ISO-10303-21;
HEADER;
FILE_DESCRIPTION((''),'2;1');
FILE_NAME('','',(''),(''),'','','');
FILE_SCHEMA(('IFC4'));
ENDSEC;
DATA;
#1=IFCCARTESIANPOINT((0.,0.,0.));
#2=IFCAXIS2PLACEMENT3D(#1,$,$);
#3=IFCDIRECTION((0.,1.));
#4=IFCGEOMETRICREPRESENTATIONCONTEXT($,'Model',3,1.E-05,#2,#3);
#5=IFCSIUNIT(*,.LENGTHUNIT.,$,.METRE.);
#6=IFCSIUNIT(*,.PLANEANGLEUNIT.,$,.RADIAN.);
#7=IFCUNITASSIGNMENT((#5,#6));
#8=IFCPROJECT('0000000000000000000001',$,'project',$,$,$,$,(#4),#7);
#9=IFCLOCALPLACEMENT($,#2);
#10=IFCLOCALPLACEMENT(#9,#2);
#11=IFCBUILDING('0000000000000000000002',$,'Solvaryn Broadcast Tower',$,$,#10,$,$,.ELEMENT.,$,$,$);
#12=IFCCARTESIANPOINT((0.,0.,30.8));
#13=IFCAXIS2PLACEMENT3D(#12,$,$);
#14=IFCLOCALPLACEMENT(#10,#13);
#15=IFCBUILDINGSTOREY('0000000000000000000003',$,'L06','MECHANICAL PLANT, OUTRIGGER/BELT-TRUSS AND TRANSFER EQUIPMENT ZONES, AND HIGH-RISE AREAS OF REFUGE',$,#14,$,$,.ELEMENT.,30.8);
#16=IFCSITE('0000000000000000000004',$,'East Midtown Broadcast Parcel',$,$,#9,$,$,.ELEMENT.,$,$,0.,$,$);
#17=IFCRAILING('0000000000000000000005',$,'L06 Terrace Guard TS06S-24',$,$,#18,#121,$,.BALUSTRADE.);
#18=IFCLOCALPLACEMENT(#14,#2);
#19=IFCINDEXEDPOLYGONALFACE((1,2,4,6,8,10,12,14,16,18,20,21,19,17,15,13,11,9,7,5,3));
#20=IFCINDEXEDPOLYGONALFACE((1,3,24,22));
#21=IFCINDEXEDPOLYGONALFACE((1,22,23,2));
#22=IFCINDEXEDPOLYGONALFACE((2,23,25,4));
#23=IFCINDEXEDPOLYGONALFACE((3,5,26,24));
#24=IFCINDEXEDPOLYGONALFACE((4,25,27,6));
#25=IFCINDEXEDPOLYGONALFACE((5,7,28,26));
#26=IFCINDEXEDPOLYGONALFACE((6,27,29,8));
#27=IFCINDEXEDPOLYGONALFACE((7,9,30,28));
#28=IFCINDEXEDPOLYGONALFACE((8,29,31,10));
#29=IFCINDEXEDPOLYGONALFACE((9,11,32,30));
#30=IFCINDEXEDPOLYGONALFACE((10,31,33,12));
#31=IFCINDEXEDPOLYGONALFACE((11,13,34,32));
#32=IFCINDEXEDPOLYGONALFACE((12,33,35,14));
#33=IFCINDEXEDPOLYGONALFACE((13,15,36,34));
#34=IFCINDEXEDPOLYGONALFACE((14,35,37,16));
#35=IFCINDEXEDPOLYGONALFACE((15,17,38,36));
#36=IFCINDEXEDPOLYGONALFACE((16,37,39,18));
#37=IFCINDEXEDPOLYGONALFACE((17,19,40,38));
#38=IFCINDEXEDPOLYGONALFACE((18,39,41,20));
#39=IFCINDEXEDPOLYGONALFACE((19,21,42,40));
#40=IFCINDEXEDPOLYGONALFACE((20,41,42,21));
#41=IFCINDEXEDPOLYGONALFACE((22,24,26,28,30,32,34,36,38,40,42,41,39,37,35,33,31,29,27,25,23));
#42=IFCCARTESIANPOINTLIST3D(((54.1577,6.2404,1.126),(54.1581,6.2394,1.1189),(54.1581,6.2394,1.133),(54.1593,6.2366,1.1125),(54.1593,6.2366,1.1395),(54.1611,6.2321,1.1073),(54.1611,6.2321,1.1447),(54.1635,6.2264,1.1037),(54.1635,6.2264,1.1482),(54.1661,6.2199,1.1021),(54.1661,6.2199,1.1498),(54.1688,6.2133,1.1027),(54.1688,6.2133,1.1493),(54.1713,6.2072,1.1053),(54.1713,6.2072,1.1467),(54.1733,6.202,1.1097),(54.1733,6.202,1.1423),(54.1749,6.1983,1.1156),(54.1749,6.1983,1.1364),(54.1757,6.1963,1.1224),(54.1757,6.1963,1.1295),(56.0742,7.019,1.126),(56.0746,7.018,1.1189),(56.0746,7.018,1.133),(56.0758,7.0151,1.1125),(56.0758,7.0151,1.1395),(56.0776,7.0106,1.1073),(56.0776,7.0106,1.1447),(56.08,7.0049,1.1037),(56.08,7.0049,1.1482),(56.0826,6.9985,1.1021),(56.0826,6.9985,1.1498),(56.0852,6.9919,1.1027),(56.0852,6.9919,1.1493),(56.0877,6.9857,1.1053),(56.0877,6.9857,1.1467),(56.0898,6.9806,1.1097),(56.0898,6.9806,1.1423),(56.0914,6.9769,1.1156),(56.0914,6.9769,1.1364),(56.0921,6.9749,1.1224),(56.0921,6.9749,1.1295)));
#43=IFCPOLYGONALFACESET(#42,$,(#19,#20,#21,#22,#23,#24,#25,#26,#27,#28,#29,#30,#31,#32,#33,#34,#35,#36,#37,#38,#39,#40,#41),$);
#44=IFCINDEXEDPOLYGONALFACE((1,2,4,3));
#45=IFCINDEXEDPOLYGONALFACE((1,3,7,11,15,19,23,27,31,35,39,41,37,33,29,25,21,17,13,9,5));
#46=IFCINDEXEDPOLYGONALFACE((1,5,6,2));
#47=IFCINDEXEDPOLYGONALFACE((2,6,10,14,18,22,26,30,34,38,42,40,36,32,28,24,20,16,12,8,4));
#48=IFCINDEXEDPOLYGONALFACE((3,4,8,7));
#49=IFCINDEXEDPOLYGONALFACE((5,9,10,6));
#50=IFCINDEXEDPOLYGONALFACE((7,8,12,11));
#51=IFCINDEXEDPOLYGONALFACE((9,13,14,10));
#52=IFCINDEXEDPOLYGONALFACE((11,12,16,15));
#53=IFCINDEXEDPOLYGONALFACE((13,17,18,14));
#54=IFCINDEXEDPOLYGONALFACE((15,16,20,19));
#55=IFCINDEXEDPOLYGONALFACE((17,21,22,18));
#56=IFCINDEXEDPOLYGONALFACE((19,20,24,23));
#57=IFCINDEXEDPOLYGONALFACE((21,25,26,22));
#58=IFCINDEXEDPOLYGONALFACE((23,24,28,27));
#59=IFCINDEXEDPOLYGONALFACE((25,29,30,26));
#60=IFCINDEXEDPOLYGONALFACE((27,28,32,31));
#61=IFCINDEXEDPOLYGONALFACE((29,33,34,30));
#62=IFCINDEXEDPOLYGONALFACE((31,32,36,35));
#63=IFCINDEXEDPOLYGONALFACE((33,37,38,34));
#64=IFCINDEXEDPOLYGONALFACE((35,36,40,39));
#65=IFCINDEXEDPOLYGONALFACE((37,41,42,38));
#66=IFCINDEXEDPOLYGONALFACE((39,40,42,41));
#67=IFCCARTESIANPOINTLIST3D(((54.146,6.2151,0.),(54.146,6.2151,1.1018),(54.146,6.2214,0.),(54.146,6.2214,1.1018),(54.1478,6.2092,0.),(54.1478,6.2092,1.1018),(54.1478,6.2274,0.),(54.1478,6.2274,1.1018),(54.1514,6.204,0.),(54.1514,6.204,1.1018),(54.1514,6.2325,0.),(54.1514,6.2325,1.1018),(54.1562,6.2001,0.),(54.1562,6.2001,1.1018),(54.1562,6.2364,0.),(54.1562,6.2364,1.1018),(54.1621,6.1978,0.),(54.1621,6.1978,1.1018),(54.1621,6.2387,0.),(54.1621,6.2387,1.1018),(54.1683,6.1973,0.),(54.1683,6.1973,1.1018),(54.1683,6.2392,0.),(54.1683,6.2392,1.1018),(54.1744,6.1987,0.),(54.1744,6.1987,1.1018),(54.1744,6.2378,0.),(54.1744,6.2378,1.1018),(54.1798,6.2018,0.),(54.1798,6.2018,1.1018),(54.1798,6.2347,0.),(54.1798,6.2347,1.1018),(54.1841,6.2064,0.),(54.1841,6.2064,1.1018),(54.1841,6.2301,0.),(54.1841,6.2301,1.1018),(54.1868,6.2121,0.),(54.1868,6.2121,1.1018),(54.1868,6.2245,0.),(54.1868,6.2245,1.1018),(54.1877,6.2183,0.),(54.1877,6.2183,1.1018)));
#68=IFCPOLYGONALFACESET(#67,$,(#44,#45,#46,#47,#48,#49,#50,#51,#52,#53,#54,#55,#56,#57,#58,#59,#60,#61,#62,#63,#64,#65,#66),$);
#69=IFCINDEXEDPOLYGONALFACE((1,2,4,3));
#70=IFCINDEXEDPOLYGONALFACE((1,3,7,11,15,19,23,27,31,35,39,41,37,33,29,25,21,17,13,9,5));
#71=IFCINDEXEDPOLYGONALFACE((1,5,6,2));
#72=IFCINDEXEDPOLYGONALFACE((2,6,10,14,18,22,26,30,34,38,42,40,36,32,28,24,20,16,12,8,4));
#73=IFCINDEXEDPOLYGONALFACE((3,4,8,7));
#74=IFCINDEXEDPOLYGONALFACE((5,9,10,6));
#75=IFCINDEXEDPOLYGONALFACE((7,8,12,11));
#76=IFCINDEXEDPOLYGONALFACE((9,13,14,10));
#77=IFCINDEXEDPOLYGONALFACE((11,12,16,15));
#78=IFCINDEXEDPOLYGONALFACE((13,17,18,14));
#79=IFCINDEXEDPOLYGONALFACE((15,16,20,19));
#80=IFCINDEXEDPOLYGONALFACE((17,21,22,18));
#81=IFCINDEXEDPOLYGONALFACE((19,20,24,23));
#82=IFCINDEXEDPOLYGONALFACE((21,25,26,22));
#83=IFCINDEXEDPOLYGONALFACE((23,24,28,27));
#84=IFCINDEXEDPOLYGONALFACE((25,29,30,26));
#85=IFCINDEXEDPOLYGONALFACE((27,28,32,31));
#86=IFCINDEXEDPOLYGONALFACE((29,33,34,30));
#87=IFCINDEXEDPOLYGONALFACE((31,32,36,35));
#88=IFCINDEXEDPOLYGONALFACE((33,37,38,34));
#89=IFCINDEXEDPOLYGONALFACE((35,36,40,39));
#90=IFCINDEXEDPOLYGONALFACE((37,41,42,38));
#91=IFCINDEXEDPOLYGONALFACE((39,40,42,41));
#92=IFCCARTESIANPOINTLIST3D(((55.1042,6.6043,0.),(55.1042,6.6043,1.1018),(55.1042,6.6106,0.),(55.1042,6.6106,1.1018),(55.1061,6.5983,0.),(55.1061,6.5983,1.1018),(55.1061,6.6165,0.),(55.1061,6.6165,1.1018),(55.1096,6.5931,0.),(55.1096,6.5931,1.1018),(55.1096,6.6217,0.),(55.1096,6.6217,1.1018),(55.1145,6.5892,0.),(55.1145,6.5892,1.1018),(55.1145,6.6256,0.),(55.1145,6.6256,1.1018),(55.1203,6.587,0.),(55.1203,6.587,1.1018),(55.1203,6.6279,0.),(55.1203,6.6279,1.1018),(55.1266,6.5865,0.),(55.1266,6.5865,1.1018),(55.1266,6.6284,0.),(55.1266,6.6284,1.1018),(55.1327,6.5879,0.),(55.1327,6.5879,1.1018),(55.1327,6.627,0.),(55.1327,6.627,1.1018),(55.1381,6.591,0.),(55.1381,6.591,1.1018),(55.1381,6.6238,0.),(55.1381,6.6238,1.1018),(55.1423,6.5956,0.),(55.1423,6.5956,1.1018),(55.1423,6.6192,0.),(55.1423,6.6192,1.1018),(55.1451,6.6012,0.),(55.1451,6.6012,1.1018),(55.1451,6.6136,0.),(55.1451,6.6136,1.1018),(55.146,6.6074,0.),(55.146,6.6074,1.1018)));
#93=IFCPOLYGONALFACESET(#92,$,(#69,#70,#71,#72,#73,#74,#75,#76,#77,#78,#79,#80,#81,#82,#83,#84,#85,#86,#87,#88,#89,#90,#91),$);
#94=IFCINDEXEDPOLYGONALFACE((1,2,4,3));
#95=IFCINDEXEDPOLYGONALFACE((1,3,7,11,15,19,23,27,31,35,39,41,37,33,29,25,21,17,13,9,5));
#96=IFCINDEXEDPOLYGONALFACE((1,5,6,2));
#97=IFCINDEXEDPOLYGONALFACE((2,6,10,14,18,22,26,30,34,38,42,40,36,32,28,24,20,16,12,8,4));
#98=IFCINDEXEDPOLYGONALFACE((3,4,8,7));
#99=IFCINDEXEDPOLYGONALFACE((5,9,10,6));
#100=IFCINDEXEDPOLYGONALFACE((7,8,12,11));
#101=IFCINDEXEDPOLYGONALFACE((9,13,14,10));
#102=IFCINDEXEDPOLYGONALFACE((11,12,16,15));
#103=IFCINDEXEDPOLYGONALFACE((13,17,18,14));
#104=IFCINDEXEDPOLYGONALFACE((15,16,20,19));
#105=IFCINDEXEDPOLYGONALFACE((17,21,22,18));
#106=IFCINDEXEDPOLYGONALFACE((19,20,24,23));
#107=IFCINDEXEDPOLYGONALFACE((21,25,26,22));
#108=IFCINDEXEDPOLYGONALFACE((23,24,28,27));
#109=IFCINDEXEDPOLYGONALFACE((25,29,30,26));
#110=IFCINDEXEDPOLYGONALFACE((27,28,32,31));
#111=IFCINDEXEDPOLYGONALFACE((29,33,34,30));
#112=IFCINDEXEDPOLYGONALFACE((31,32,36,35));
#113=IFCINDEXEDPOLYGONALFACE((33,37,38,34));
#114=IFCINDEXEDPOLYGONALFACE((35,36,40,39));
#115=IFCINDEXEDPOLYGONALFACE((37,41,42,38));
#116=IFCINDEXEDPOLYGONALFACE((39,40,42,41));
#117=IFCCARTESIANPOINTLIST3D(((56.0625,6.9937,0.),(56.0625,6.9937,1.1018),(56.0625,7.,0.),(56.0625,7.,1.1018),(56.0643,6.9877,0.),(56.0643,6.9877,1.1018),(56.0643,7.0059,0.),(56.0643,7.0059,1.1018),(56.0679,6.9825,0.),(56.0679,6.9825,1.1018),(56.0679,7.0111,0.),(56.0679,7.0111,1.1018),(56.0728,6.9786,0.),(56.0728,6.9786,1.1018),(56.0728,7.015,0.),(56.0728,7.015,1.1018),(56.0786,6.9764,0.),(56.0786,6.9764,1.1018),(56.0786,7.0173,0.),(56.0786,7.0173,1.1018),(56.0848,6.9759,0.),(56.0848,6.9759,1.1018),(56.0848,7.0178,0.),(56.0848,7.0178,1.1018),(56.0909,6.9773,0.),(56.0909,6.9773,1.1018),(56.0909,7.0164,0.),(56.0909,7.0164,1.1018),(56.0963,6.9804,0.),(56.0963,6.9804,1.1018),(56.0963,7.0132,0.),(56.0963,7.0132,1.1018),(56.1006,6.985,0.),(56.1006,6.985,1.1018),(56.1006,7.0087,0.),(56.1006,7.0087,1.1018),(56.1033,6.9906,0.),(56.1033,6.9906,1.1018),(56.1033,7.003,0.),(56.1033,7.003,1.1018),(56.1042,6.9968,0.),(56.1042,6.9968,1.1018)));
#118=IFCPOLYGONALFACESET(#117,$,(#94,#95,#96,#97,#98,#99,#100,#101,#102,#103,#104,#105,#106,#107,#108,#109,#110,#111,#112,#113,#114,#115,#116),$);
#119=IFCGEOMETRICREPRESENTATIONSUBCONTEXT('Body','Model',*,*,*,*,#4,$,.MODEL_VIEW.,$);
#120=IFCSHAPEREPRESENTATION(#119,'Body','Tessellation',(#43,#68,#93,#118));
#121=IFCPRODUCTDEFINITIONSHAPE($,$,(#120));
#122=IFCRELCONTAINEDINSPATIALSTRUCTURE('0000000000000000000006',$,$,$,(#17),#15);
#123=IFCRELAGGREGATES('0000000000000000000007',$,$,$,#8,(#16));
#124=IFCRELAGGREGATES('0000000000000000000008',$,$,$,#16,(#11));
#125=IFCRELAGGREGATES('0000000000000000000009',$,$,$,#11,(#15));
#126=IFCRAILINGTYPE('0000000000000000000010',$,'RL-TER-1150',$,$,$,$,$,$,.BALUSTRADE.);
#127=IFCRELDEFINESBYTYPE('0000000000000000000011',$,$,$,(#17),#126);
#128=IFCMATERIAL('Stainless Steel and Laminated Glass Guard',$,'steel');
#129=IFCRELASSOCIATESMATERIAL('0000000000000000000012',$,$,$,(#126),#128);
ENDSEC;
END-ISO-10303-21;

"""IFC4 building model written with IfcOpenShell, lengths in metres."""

from ifc_helpers import new_model, si_unit, direction, frame, origin, origin_2d, place, context, subcontext, project, spatial, circle, extrude, material, type_object, element, save


model = new_model("IFC4")

# Units and contexts
model_context = context("Model", 3, precision=1e-05, world=origin(), true_north=direction((0.0, 1.0)))
body_context = subcontext(model_context, "Body", "Model", "MODEL_VIEW")
ifc_project = project(units=[si_unit("LENGTHUNIT", "METRE"), si_unit("PLANEANGLEUNIT", "RADIAN")], contexts=[model_context])

# Site, building, storey
site_placement = place(None, origin())
site = spatial("IfcSite", under=ifc_project, at=site_placement, Name="East Midtown Broadcast Parcel", CompositionType="ELEMENT", RefElevation=0.0)
building_placement = place(site_placement, origin())
building = spatial("IfcBuilding", under=site, at=building_placement, Name="Solvaryn Broadcast Tower", CompositionType="ELEMENT")
storey_placement = place(building_placement, frame((0.0, 0.0, 30.8)))
storey = spatial("IfcBuildingStorey", under=building, at=storey_placement, Name="L06", Description="MECHANICAL PLANT, OUTRIGGER/BELT-TRUSS AND TRANSFER EQUIPMENT ZONES, AND HIGH-RISE AREAS OF REFUGE", CompositionType="ELEMENT", Elevation=30.8)

# Railing
ifc_material_1 = material(Name="Stainless Steel and Laminated Glass Guard", Category="steel")
railing_type = type_object("IfcRailingType", Name="RL-TER-1150", PredefinedType="BALUSTRADE", material=ifc_material_1)
railing_1_placement = place(storey_placement, frame((54.1667, 6.2183, 0.0)))
element("IfcRailing", 1, at=railing_1_placement, inside=storey, type_object=railing_type, Name="L06 Terrace Guard TS06S-24", PredefinedType="BALUSTRADE", context=body_context, shape_type="SweptSolid", body=[
    extrude(circle(Radius=0.0239, at=origin_2d()), frame((0.0, 0.0, 1.126), z_axis=(0.926469, 0.376371, 0.0), x_axis=(-0.376371, 0.926469, 0.0)), (0.0, 0.0, 1.0), 2.0686),
    extrude(circle(Radius=0.021, at=origin_2d()), origin(), (0.0, 0.0, 1.0), 1.1018),
    extrude(circle(Radius=0.021, at=origin_2d()), frame((0.9583, 0.3892, 0.0)), (0.0, 0.0, 1.0), 1.1018),
    extrude(circle(Radius=0.021, at=origin_2d()), frame((1.9165, 0.7786, 0.0)), (0.0, 0.0, 1.0), 1.1018),
])

save(model, "model.ifc")
